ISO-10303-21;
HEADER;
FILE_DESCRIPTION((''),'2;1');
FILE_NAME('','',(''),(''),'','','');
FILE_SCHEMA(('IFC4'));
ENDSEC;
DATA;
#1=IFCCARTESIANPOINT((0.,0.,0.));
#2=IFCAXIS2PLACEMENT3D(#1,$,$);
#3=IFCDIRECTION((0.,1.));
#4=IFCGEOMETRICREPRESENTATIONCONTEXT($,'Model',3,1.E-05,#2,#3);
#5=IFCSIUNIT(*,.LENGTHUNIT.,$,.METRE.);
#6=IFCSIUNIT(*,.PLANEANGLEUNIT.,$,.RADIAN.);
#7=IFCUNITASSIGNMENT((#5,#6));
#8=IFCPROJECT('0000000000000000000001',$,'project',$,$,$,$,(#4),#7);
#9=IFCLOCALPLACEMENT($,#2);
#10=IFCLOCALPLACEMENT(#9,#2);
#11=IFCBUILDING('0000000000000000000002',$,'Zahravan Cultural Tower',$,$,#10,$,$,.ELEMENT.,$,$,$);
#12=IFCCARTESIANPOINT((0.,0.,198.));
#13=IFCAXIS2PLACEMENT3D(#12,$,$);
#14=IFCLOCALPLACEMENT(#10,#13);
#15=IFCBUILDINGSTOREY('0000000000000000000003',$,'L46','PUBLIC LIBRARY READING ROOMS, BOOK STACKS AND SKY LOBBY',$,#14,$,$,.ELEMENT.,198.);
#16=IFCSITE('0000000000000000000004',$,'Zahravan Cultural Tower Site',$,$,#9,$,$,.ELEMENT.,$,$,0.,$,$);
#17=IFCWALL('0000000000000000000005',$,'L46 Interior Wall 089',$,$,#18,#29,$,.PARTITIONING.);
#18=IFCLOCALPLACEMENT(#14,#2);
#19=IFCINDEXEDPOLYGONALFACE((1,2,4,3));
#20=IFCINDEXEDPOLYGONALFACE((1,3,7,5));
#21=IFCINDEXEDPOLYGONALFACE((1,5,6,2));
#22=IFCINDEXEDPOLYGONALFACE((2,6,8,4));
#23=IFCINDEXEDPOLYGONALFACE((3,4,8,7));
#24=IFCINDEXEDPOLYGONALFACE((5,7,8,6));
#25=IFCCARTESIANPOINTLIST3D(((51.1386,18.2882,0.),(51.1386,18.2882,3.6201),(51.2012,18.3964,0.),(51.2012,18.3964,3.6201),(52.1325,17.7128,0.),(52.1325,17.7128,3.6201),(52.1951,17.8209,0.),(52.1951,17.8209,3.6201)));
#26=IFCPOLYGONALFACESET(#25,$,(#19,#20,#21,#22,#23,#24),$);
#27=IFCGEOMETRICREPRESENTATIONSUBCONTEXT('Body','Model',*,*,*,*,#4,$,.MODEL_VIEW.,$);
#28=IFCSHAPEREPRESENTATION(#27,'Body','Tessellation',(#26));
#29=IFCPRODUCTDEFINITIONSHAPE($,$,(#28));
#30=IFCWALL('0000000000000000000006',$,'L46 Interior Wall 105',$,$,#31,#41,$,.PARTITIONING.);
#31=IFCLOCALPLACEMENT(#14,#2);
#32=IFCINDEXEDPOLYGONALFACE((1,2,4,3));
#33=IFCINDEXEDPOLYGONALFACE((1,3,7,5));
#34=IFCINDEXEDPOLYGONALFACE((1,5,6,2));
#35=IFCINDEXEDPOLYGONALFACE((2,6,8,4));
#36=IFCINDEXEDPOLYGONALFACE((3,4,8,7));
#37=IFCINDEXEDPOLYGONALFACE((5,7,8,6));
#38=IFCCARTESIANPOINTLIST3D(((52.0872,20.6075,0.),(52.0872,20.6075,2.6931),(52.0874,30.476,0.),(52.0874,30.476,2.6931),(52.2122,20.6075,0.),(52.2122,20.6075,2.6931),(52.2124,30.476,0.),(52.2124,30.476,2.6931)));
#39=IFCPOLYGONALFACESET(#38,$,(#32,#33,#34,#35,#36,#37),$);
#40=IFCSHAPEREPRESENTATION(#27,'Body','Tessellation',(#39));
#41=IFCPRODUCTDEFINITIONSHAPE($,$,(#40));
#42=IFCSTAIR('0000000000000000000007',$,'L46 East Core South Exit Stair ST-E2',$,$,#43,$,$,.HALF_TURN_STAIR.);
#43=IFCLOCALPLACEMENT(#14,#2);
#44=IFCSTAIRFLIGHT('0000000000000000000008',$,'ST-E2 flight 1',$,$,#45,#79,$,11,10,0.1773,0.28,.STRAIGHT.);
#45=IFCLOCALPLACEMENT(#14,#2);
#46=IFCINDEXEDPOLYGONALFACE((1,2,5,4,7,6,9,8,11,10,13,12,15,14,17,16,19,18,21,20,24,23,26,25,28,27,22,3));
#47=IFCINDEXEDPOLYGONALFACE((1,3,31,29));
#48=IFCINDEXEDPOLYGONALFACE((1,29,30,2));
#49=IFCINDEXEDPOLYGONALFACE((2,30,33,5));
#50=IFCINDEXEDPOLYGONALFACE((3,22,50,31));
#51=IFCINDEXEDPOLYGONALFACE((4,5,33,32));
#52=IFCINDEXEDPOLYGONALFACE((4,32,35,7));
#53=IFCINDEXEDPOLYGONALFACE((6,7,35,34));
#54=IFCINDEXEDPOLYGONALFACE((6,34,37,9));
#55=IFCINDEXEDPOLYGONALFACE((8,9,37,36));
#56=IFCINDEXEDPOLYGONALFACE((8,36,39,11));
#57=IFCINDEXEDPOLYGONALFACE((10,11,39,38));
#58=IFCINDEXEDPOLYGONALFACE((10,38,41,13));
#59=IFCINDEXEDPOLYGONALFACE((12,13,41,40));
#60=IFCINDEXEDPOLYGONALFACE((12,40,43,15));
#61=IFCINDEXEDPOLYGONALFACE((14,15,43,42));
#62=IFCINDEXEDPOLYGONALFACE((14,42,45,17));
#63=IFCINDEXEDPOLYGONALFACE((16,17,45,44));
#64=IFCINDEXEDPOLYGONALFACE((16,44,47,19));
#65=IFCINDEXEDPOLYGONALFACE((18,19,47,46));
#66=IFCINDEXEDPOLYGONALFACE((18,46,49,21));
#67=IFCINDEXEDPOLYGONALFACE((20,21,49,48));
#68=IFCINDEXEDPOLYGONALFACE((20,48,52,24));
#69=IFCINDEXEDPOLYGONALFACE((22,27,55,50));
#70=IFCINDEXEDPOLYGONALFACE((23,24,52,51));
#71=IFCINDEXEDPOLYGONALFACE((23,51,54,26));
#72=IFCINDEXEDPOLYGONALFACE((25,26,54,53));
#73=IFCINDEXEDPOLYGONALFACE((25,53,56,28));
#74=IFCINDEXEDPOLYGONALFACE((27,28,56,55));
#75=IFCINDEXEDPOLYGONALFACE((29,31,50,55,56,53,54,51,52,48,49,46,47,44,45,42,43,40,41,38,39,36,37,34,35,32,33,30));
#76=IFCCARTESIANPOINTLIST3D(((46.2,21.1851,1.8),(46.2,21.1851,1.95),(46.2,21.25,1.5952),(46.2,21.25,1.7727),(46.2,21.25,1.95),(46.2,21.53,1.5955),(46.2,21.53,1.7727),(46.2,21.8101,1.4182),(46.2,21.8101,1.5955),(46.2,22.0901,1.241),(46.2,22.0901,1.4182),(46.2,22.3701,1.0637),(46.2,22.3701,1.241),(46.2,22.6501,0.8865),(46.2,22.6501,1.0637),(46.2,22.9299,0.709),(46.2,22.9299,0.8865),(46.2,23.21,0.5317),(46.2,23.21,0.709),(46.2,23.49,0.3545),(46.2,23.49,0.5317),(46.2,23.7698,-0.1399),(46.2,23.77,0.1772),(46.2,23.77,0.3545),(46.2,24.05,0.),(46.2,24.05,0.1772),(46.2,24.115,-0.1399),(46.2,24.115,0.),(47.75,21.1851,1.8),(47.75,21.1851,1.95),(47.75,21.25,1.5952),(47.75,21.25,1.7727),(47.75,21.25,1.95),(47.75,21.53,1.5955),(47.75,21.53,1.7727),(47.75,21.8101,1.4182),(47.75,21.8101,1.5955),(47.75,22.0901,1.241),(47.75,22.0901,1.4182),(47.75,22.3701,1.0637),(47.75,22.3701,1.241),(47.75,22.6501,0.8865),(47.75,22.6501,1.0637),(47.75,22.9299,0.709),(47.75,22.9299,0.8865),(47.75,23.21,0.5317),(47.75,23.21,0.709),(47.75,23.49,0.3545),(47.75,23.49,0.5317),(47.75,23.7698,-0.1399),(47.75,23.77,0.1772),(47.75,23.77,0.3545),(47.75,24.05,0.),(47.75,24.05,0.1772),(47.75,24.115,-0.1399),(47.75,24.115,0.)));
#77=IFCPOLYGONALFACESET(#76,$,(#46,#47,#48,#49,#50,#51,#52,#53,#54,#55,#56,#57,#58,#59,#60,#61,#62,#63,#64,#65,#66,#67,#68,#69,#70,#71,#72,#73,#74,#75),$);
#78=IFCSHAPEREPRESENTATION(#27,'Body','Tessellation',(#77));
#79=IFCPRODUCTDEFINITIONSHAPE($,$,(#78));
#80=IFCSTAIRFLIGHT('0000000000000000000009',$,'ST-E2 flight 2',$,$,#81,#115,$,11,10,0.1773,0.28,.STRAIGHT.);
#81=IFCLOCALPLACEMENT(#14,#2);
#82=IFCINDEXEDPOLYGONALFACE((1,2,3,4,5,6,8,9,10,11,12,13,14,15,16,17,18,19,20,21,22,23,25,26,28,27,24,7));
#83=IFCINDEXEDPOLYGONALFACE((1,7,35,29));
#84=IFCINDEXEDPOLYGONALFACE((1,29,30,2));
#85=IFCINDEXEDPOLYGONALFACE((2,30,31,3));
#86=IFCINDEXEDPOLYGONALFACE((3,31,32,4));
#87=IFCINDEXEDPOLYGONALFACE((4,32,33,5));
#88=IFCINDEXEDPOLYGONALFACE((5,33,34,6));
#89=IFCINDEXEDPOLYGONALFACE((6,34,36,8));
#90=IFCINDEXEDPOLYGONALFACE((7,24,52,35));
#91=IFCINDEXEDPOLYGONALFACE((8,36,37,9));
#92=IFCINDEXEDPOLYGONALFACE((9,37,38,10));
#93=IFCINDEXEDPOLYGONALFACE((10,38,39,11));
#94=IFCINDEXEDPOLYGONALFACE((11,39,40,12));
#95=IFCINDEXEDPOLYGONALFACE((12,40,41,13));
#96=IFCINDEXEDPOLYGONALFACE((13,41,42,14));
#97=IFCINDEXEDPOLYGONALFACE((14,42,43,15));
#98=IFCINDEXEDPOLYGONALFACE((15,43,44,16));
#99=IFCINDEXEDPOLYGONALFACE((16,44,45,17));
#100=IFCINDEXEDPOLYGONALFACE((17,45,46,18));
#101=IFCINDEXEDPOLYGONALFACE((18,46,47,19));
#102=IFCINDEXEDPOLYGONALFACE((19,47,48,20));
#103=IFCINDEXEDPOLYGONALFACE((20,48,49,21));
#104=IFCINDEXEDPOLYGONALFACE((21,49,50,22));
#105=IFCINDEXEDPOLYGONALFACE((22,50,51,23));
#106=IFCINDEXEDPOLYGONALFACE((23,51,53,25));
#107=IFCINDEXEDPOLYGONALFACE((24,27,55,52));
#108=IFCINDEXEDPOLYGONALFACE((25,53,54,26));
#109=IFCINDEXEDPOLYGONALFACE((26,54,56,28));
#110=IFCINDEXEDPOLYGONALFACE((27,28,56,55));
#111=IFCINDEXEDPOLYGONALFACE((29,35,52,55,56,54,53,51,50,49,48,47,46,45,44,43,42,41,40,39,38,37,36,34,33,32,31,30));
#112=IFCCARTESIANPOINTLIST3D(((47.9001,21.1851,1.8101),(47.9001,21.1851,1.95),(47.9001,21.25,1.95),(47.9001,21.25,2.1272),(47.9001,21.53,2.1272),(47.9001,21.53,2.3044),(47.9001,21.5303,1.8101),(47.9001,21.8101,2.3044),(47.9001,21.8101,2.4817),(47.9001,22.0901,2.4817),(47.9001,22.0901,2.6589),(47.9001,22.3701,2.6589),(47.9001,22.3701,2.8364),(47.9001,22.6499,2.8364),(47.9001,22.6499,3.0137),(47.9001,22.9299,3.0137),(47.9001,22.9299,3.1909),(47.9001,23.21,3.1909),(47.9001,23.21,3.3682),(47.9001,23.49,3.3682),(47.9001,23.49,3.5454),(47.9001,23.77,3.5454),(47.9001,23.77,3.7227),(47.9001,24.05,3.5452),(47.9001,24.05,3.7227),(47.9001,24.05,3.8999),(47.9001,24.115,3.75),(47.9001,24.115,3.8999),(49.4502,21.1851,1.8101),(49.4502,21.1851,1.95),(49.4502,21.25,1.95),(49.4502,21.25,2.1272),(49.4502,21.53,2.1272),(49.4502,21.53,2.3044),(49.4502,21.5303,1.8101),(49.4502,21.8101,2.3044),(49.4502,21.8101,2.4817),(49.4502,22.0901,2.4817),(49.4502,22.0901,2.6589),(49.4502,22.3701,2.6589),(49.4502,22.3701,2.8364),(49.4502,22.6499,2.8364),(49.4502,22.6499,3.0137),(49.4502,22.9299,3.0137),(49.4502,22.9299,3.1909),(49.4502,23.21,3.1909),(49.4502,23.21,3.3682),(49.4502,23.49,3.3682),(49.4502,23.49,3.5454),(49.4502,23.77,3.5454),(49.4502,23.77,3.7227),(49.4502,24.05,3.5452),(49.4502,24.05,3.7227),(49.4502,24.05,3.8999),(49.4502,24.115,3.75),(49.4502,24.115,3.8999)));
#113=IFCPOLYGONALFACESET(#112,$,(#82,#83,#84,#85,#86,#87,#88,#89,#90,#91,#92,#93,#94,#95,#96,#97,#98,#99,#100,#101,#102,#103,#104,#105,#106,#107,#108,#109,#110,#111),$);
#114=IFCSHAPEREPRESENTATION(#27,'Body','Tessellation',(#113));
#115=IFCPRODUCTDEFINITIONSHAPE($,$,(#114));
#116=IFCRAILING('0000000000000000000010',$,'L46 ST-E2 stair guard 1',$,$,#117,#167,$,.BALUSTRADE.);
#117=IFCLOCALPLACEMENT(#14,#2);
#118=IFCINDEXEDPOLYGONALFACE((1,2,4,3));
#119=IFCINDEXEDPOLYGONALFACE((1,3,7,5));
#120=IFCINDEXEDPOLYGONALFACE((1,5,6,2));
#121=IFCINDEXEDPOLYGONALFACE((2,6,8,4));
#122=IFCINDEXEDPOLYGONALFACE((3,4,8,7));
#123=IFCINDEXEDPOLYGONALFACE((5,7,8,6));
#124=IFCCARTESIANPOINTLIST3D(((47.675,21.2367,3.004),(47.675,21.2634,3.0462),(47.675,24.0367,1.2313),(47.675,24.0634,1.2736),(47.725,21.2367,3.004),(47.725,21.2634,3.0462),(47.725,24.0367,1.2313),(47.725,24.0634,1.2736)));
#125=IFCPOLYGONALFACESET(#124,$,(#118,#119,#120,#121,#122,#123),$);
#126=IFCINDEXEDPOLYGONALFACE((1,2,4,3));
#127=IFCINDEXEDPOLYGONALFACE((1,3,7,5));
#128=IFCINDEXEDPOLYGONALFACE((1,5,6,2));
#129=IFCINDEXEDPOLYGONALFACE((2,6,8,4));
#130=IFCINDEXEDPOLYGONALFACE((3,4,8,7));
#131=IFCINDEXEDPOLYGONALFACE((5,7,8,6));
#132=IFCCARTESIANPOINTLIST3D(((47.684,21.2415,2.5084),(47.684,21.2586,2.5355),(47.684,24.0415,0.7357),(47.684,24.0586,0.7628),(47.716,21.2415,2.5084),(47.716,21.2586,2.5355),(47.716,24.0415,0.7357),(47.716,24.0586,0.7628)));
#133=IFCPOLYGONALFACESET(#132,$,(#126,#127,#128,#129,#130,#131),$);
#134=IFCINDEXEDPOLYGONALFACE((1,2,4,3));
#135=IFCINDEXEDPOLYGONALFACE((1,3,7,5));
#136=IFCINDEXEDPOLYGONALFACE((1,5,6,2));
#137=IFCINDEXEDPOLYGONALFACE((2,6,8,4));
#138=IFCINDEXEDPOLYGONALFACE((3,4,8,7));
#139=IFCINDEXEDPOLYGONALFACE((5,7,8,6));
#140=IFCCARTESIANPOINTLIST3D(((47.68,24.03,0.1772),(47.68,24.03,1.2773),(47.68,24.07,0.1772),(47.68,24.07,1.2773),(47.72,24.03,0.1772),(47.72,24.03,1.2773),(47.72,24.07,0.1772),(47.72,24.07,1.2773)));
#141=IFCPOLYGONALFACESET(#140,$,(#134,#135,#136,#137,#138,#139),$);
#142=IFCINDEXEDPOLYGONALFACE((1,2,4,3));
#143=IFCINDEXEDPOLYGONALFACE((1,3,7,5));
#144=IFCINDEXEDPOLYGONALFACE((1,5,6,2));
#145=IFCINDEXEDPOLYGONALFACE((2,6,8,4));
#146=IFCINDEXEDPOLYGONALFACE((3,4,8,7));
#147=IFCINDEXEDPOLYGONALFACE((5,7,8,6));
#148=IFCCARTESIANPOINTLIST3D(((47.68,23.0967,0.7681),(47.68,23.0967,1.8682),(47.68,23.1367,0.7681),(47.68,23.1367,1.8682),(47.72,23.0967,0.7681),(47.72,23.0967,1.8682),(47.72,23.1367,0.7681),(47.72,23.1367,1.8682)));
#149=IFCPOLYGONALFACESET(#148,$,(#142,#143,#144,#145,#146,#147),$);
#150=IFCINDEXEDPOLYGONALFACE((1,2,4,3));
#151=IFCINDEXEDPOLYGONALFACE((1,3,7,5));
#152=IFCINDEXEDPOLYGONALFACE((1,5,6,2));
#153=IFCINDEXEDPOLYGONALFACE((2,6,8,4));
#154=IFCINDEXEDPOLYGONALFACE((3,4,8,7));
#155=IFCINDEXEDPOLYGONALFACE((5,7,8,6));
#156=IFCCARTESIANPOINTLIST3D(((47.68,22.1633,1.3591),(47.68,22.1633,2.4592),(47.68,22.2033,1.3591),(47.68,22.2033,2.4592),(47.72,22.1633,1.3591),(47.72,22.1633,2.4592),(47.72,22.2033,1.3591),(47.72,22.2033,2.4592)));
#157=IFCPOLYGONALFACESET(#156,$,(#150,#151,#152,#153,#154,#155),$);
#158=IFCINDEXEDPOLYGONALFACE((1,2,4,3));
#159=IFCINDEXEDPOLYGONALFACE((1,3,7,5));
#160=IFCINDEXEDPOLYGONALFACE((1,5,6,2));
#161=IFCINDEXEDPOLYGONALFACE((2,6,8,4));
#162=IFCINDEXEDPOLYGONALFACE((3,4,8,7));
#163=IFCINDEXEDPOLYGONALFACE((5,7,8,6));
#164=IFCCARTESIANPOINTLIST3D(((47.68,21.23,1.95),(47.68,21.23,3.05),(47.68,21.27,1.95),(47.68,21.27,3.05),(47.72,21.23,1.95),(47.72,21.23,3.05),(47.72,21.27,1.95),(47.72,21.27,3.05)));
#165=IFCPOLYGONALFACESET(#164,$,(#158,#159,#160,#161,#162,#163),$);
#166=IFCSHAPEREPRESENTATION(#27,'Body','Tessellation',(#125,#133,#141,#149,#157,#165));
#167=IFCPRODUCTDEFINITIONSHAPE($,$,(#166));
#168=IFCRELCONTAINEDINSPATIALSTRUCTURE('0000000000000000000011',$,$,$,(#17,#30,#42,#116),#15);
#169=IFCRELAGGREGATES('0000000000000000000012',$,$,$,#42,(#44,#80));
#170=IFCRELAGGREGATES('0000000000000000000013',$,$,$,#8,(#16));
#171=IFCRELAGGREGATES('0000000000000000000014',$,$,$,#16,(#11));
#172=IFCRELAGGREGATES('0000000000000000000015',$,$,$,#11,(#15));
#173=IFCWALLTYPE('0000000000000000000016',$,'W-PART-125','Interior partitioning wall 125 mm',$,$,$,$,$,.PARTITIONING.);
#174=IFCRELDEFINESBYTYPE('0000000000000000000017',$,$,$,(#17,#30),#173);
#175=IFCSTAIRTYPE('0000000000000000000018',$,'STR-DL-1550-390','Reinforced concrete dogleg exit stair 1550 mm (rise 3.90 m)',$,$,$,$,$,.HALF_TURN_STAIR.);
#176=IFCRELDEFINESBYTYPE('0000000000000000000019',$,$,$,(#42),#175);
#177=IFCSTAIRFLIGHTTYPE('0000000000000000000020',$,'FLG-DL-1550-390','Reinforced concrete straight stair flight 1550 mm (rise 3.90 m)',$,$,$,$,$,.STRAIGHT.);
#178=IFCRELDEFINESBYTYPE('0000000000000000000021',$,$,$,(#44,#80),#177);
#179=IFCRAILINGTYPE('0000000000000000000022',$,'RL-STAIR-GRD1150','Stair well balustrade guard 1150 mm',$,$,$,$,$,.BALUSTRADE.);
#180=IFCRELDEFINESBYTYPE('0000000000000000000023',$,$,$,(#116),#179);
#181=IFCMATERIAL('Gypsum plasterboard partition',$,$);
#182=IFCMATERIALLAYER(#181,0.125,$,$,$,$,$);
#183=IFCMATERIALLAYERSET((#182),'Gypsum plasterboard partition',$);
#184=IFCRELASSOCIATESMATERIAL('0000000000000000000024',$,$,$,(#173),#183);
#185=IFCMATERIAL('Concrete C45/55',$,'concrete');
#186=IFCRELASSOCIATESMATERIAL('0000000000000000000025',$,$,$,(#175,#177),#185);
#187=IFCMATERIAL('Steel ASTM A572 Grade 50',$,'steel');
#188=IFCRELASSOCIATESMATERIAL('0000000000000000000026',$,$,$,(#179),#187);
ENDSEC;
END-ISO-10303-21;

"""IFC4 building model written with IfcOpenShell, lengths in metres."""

from ifc_helpers import new_model, si_unit, direction, frame, frame_2d, origin, origin_2d, place, context, subcontext, project, spatial, polyline, rectangle, outline, extrude, source, transform, mapped, material, layer, layer_set, type_object, element, aggregate, save


model = new_model("IFC4")

# Units and contexts
model_context = context("Model", 3, precision=1e-05, world=origin(), true_north=direction((0.0, 1.0)))
body_context = subcontext(model_context, "Body", "Model", "MODEL_VIEW")
ifc_project = project(units=[si_unit("LENGTHUNIT", "METRE"), si_unit("PLANEANGLEUNIT", "RADIAN")], contexts=[model_context])

# Site, building, storey
site_placement = place(None, origin())
site = spatial("IfcSite", under=ifc_project, at=site_placement, Name="Zahravan Cultural Tower Site", CompositionType="ELEMENT", RefElevation=0.0)
building_placement = place(site_placement, origin())
building = spatial("IfcBuilding", under=site, at=building_placement, Name="Zahravan Cultural Tower", CompositionType="ELEMENT")
storey_placement = place(building_placement, frame((0.0, 0.0, 198.0)))
storey = spatial("IfcBuildingStorey", under=building, at=storey_placement, Name="L46", Description="PUBLIC LIBRARY READING ROOMS, BOOK STACKS AND SKY LOBBY", CompositionType="ELEMENT", Elevation=198.0)

# Shared definitions
ifc_material_1 = material(Name="Gypsum plasterboard partition")
ifc_material_2 = material(Name="Steel ASTM A572 Grade 50", Category="steel")

# Walls
ifc_material_3 = material(Name="Concrete C45/55", Category="concrete")
ifc_layer_1 = layer(ifc_material_1, 0.125)
ifc_layer_set_1 = layer_set([ifc_layer_1], Name="Gypsum plasterboard partition")
wall_type_1 = type_object("IfcWallType", Name="W-PART-125", Description="Interior partitioning wall 125 mm", PredefinedType="PARTITIONING", material=ifc_layer_set_1)
shared_shape_1 = source(origin(), body_context, "Body", "SweptSolid", [
    extrude(rectangle(XDim=1.1484, YDim=0.125, at=frame_2d((0.5742, 0.0))), origin(), (0.0, 0.0, 1.0), 3.6201),
])
wall_1_placement = place(storey_placement, frame((51.1699, 18.3423, 0.0), z_axis=(0.0, 0.0, 1.0), x_axis=(0.865417, -0.501053, 0.0)))
element("IfcWall", 1, at=wall_1_placement, inside=storey, type_object=wall_type_1, Name="L46 Interior Wall 089", PredefinedType="PARTITIONING", context=body_context, shape_type="MappedRepresentation", body=[
    mapped(shared_shape_1, transform((0.0, 0.0, 0.0), x_axis=(1.0, 0.0, 0.0), y_axis=(0.0, 1.0, 0.0), z_axis=(0.0, 0.0, 1.0), scale=1.0)),
])
shared_shape_2 = source(origin(), body_context, "Body", "SweptSolid", [
    extrude(rectangle(XDim=9.8684, YDim=0.125, at=frame_2d((4.9341, 0.0))), origin(), (0.0, 0.0, 1.0), 2.6931),
])
wall_2_placement = place(storey_placement, frame((52.1497, 20.6077, 0.0), z_axis=(0.0, 0.0, 1.0), x_axis=(0.000025, 1.0, 0.0)))
element("IfcWall", 2, at=wall_2_placement, inside=storey, type_object=wall_type_1, Name="L46 Interior Wall 105", PredefinedType="PARTITIONING", context=body_context, shape_type="MappedRepresentation", body=[
    mapped(shared_shape_2, transform((0.0, 0.0, 0.0), x_axis=(1.0, 0.0, 0.0), y_axis=(0.0, 1.0, 0.0), z_axis=(0.0, 0.0, 1.0), scale=1.0)),
])

# Stair, stair flights
stair_type = type_object("IfcStairType", Name="STR-DL-1550-390", Description="Reinforced concrete dogleg exit stair 1550 mm (rise 3.90 m)", PredefinedType="HALF_TURN_STAIR", material=ifc_material_3)
stair_placement = place(storey_placement, origin())
stair = element("IfcStair", 3, at=stair_placement, inside=storey, type_object=stair_type, Name="L46 East Core South Exit Stair ST-E2", PredefinedType="HALF_TURN_STAIR")
stair_flight_type = type_object("IfcStairFlightType", Name="FLG-DL-1550-390", Description="Reinforced concrete straight stair flight 1550 mm (rise 3.90 m)", PredefinedType="STRAIGHT", material=ifc_material_3)
stair_flight_1_placement = place(storey_placement, frame((46.9751, 24.05, 0.0), z_axis=(0.0, 0.0, 1.0), x_axis=(0.0, -1.0, 0.0)))
stair_flight_1 = element("IfcStairFlight", 4, at=stair_flight_1_placement, type_object=stair_flight_type, Name="ST-E2 flight 1", NumberOfRisers=11, NumberOfTreads=10, PredefinedType="STRAIGHT", RiserHeight=0.1773, TreadLength=0.28, context=body_context, shape_type="SweptSolid", body=[
    extrude(outline(polyline([(-0.0649, -0.1399), (-0.0649, 0.0), (0.0, 0.0), (0.0, 0.1772), (0.28, 0.1772), (0.28, 0.3545), (0.5601, 0.3545), (0.5601, 0.5317), (0.8401, 0.5317), (0.8401, 0.709), (1.1201, 0.709), (1.1201, 0.8865), (1.3999, 0.8865), (1.3999, 1.0637), (1.6799, 1.0637), (1.6799, 1.241), (1.96, 1.241), (1.96, 1.4182), (2.24, 1.4182), (2.24, 1.5955), (2.52, 1.5955), (2.52, 1.7727), (2.8, 1.7727), (2.8, 1.95), (2.865, 1.95), (2.865, 1.8), (2.8, 1.5952), (0.2803, -0.1399), (-0.0649, -0.1399)])), frame((0.0, 0.7749, 0.0), z_axis=(0.0, -1.0, 0.0), x_axis=(1.0, 0.0, 0.0)), (0.0, 0.0, 1.0), 1.55),
])
stair_flight_2_placement = place(storey_placement, frame((48.675, 21.25, 1.95), z_axis=(0.0, 0.0, 1.0), x_axis=(0.0, 1.0, 0.0)))
stair_flight_2 = element("IfcStairFlight", 5, at=stair_flight_2_placement, type_object=stair_flight_type, Name="ST-E2 flight 2", NumberOfRisers=11, NumberOfTreads=10, PredefinedType="STRAIGHT", RiserHeight=0.1773, TreadLength=0.28, context=body_context, shape_type="SweptSolid", body=[
    extrude(outline(polyline([(-0.0649, -0.1399), (-0.0649, 0.0), (0.0, 0.0), (0.0, 0.1772), (0.28, 0.1772), (0.28, 0.3545), (0.5601, 0.3545), (0.5601, 0.5317), (0.8401, 0.5317), (0.8401, 0.709), (1.1201, 0.709), (1.1201, 0.8865), (1.3999, 0.8865), (1.3999, 1.0637), (1.6799, 1.0637), (1.6799, 1.241), (1.96, 1.241), (1.96, 1.4182), (2.24, 1.4182), (2.24, 1.5955), (2.52, 1.5955), (2.52, 1.7727), (2.8, 1.7727), (2.8, 1.95), (2.865, 1.95), (2.865, 1.8), (2.8, 1.5952), (0.2803, -0.1399), (-0.0649, -0.1399)])), frame((0.0, 0.7749, 0.0), z_axis=(0.0, -1.0, 0.0), x_axis=(1.0, 0.0, 0.0)), (0.0, 0.0, 1.0), 1.55),
])
aggregate(stair, [stair_flight_1, stair_flight_2])

# Railing
railing_type_1 = type_object("IfcRailingType", Name="RL-STAIR-GRD1150", Description="Stair well balustrade guard 1150 mm", PredefinedType="BALUSTRADE", material=ifc_material_2)
railing_1_placement = place(storey_placement, frame((47.7, 24.05, 0.1772)))
element("IfcRailing", 6, at=railing_1_placement, inside=storey, type_object=railing_type_1, Name="L46 ST-E2 stair guard 1", PredefinedType="BALUSTRADE", context=body_context, shape_type="SweptSolid", body=[
    extrude(rectangle(XDim=0.05, YDim=0.05, at=origin_2d()), frame((0.0, 0.0, 1.0752), z_axis=(0.0, -0.844909, 0.53491), x_axis=(1.0, 0.0, 0.0)), (0.0, 0.0, 1.0), 3.314),
    extrude(rectangle(XDim=0.032, YDim=0.032, at=origin_2d()), frame((0.0, 0.0, 0.572), z_axis=(0.0, -0.844909, 0.53491), x_axis=(1.0, 0.0, 0.0)), (0.0, 0.0, 1.0), 3.314),
    extrude(rectangle(XDim=0.04, YDim=0.04, at=origin_2d()), origin(), (0.0, 0.0, 1.0), 1.1001),
    extrude(rectangle(XDim=0.04, YDim=0.04, at=origin_2d()), frame((0.0, -0.9333, 0.5908)), (0.0, 0.0, 1.0), 1.1001),
    extrude(rectangle(XDim=0.04, YDim=0.04, at=origin_2d()), frame((0.0, -1.8667, 1.1819)), (0.0, 0.0, 1.0), 1.1001),
    extrude(rectangle(XDim=0.04, YDim=0.04, at=origin_2d()), frame((0.0, -2.8, 1.7727)), (0.0, 0.0, 1.0), 1.1001),
])

save(model, "model.ifc")
